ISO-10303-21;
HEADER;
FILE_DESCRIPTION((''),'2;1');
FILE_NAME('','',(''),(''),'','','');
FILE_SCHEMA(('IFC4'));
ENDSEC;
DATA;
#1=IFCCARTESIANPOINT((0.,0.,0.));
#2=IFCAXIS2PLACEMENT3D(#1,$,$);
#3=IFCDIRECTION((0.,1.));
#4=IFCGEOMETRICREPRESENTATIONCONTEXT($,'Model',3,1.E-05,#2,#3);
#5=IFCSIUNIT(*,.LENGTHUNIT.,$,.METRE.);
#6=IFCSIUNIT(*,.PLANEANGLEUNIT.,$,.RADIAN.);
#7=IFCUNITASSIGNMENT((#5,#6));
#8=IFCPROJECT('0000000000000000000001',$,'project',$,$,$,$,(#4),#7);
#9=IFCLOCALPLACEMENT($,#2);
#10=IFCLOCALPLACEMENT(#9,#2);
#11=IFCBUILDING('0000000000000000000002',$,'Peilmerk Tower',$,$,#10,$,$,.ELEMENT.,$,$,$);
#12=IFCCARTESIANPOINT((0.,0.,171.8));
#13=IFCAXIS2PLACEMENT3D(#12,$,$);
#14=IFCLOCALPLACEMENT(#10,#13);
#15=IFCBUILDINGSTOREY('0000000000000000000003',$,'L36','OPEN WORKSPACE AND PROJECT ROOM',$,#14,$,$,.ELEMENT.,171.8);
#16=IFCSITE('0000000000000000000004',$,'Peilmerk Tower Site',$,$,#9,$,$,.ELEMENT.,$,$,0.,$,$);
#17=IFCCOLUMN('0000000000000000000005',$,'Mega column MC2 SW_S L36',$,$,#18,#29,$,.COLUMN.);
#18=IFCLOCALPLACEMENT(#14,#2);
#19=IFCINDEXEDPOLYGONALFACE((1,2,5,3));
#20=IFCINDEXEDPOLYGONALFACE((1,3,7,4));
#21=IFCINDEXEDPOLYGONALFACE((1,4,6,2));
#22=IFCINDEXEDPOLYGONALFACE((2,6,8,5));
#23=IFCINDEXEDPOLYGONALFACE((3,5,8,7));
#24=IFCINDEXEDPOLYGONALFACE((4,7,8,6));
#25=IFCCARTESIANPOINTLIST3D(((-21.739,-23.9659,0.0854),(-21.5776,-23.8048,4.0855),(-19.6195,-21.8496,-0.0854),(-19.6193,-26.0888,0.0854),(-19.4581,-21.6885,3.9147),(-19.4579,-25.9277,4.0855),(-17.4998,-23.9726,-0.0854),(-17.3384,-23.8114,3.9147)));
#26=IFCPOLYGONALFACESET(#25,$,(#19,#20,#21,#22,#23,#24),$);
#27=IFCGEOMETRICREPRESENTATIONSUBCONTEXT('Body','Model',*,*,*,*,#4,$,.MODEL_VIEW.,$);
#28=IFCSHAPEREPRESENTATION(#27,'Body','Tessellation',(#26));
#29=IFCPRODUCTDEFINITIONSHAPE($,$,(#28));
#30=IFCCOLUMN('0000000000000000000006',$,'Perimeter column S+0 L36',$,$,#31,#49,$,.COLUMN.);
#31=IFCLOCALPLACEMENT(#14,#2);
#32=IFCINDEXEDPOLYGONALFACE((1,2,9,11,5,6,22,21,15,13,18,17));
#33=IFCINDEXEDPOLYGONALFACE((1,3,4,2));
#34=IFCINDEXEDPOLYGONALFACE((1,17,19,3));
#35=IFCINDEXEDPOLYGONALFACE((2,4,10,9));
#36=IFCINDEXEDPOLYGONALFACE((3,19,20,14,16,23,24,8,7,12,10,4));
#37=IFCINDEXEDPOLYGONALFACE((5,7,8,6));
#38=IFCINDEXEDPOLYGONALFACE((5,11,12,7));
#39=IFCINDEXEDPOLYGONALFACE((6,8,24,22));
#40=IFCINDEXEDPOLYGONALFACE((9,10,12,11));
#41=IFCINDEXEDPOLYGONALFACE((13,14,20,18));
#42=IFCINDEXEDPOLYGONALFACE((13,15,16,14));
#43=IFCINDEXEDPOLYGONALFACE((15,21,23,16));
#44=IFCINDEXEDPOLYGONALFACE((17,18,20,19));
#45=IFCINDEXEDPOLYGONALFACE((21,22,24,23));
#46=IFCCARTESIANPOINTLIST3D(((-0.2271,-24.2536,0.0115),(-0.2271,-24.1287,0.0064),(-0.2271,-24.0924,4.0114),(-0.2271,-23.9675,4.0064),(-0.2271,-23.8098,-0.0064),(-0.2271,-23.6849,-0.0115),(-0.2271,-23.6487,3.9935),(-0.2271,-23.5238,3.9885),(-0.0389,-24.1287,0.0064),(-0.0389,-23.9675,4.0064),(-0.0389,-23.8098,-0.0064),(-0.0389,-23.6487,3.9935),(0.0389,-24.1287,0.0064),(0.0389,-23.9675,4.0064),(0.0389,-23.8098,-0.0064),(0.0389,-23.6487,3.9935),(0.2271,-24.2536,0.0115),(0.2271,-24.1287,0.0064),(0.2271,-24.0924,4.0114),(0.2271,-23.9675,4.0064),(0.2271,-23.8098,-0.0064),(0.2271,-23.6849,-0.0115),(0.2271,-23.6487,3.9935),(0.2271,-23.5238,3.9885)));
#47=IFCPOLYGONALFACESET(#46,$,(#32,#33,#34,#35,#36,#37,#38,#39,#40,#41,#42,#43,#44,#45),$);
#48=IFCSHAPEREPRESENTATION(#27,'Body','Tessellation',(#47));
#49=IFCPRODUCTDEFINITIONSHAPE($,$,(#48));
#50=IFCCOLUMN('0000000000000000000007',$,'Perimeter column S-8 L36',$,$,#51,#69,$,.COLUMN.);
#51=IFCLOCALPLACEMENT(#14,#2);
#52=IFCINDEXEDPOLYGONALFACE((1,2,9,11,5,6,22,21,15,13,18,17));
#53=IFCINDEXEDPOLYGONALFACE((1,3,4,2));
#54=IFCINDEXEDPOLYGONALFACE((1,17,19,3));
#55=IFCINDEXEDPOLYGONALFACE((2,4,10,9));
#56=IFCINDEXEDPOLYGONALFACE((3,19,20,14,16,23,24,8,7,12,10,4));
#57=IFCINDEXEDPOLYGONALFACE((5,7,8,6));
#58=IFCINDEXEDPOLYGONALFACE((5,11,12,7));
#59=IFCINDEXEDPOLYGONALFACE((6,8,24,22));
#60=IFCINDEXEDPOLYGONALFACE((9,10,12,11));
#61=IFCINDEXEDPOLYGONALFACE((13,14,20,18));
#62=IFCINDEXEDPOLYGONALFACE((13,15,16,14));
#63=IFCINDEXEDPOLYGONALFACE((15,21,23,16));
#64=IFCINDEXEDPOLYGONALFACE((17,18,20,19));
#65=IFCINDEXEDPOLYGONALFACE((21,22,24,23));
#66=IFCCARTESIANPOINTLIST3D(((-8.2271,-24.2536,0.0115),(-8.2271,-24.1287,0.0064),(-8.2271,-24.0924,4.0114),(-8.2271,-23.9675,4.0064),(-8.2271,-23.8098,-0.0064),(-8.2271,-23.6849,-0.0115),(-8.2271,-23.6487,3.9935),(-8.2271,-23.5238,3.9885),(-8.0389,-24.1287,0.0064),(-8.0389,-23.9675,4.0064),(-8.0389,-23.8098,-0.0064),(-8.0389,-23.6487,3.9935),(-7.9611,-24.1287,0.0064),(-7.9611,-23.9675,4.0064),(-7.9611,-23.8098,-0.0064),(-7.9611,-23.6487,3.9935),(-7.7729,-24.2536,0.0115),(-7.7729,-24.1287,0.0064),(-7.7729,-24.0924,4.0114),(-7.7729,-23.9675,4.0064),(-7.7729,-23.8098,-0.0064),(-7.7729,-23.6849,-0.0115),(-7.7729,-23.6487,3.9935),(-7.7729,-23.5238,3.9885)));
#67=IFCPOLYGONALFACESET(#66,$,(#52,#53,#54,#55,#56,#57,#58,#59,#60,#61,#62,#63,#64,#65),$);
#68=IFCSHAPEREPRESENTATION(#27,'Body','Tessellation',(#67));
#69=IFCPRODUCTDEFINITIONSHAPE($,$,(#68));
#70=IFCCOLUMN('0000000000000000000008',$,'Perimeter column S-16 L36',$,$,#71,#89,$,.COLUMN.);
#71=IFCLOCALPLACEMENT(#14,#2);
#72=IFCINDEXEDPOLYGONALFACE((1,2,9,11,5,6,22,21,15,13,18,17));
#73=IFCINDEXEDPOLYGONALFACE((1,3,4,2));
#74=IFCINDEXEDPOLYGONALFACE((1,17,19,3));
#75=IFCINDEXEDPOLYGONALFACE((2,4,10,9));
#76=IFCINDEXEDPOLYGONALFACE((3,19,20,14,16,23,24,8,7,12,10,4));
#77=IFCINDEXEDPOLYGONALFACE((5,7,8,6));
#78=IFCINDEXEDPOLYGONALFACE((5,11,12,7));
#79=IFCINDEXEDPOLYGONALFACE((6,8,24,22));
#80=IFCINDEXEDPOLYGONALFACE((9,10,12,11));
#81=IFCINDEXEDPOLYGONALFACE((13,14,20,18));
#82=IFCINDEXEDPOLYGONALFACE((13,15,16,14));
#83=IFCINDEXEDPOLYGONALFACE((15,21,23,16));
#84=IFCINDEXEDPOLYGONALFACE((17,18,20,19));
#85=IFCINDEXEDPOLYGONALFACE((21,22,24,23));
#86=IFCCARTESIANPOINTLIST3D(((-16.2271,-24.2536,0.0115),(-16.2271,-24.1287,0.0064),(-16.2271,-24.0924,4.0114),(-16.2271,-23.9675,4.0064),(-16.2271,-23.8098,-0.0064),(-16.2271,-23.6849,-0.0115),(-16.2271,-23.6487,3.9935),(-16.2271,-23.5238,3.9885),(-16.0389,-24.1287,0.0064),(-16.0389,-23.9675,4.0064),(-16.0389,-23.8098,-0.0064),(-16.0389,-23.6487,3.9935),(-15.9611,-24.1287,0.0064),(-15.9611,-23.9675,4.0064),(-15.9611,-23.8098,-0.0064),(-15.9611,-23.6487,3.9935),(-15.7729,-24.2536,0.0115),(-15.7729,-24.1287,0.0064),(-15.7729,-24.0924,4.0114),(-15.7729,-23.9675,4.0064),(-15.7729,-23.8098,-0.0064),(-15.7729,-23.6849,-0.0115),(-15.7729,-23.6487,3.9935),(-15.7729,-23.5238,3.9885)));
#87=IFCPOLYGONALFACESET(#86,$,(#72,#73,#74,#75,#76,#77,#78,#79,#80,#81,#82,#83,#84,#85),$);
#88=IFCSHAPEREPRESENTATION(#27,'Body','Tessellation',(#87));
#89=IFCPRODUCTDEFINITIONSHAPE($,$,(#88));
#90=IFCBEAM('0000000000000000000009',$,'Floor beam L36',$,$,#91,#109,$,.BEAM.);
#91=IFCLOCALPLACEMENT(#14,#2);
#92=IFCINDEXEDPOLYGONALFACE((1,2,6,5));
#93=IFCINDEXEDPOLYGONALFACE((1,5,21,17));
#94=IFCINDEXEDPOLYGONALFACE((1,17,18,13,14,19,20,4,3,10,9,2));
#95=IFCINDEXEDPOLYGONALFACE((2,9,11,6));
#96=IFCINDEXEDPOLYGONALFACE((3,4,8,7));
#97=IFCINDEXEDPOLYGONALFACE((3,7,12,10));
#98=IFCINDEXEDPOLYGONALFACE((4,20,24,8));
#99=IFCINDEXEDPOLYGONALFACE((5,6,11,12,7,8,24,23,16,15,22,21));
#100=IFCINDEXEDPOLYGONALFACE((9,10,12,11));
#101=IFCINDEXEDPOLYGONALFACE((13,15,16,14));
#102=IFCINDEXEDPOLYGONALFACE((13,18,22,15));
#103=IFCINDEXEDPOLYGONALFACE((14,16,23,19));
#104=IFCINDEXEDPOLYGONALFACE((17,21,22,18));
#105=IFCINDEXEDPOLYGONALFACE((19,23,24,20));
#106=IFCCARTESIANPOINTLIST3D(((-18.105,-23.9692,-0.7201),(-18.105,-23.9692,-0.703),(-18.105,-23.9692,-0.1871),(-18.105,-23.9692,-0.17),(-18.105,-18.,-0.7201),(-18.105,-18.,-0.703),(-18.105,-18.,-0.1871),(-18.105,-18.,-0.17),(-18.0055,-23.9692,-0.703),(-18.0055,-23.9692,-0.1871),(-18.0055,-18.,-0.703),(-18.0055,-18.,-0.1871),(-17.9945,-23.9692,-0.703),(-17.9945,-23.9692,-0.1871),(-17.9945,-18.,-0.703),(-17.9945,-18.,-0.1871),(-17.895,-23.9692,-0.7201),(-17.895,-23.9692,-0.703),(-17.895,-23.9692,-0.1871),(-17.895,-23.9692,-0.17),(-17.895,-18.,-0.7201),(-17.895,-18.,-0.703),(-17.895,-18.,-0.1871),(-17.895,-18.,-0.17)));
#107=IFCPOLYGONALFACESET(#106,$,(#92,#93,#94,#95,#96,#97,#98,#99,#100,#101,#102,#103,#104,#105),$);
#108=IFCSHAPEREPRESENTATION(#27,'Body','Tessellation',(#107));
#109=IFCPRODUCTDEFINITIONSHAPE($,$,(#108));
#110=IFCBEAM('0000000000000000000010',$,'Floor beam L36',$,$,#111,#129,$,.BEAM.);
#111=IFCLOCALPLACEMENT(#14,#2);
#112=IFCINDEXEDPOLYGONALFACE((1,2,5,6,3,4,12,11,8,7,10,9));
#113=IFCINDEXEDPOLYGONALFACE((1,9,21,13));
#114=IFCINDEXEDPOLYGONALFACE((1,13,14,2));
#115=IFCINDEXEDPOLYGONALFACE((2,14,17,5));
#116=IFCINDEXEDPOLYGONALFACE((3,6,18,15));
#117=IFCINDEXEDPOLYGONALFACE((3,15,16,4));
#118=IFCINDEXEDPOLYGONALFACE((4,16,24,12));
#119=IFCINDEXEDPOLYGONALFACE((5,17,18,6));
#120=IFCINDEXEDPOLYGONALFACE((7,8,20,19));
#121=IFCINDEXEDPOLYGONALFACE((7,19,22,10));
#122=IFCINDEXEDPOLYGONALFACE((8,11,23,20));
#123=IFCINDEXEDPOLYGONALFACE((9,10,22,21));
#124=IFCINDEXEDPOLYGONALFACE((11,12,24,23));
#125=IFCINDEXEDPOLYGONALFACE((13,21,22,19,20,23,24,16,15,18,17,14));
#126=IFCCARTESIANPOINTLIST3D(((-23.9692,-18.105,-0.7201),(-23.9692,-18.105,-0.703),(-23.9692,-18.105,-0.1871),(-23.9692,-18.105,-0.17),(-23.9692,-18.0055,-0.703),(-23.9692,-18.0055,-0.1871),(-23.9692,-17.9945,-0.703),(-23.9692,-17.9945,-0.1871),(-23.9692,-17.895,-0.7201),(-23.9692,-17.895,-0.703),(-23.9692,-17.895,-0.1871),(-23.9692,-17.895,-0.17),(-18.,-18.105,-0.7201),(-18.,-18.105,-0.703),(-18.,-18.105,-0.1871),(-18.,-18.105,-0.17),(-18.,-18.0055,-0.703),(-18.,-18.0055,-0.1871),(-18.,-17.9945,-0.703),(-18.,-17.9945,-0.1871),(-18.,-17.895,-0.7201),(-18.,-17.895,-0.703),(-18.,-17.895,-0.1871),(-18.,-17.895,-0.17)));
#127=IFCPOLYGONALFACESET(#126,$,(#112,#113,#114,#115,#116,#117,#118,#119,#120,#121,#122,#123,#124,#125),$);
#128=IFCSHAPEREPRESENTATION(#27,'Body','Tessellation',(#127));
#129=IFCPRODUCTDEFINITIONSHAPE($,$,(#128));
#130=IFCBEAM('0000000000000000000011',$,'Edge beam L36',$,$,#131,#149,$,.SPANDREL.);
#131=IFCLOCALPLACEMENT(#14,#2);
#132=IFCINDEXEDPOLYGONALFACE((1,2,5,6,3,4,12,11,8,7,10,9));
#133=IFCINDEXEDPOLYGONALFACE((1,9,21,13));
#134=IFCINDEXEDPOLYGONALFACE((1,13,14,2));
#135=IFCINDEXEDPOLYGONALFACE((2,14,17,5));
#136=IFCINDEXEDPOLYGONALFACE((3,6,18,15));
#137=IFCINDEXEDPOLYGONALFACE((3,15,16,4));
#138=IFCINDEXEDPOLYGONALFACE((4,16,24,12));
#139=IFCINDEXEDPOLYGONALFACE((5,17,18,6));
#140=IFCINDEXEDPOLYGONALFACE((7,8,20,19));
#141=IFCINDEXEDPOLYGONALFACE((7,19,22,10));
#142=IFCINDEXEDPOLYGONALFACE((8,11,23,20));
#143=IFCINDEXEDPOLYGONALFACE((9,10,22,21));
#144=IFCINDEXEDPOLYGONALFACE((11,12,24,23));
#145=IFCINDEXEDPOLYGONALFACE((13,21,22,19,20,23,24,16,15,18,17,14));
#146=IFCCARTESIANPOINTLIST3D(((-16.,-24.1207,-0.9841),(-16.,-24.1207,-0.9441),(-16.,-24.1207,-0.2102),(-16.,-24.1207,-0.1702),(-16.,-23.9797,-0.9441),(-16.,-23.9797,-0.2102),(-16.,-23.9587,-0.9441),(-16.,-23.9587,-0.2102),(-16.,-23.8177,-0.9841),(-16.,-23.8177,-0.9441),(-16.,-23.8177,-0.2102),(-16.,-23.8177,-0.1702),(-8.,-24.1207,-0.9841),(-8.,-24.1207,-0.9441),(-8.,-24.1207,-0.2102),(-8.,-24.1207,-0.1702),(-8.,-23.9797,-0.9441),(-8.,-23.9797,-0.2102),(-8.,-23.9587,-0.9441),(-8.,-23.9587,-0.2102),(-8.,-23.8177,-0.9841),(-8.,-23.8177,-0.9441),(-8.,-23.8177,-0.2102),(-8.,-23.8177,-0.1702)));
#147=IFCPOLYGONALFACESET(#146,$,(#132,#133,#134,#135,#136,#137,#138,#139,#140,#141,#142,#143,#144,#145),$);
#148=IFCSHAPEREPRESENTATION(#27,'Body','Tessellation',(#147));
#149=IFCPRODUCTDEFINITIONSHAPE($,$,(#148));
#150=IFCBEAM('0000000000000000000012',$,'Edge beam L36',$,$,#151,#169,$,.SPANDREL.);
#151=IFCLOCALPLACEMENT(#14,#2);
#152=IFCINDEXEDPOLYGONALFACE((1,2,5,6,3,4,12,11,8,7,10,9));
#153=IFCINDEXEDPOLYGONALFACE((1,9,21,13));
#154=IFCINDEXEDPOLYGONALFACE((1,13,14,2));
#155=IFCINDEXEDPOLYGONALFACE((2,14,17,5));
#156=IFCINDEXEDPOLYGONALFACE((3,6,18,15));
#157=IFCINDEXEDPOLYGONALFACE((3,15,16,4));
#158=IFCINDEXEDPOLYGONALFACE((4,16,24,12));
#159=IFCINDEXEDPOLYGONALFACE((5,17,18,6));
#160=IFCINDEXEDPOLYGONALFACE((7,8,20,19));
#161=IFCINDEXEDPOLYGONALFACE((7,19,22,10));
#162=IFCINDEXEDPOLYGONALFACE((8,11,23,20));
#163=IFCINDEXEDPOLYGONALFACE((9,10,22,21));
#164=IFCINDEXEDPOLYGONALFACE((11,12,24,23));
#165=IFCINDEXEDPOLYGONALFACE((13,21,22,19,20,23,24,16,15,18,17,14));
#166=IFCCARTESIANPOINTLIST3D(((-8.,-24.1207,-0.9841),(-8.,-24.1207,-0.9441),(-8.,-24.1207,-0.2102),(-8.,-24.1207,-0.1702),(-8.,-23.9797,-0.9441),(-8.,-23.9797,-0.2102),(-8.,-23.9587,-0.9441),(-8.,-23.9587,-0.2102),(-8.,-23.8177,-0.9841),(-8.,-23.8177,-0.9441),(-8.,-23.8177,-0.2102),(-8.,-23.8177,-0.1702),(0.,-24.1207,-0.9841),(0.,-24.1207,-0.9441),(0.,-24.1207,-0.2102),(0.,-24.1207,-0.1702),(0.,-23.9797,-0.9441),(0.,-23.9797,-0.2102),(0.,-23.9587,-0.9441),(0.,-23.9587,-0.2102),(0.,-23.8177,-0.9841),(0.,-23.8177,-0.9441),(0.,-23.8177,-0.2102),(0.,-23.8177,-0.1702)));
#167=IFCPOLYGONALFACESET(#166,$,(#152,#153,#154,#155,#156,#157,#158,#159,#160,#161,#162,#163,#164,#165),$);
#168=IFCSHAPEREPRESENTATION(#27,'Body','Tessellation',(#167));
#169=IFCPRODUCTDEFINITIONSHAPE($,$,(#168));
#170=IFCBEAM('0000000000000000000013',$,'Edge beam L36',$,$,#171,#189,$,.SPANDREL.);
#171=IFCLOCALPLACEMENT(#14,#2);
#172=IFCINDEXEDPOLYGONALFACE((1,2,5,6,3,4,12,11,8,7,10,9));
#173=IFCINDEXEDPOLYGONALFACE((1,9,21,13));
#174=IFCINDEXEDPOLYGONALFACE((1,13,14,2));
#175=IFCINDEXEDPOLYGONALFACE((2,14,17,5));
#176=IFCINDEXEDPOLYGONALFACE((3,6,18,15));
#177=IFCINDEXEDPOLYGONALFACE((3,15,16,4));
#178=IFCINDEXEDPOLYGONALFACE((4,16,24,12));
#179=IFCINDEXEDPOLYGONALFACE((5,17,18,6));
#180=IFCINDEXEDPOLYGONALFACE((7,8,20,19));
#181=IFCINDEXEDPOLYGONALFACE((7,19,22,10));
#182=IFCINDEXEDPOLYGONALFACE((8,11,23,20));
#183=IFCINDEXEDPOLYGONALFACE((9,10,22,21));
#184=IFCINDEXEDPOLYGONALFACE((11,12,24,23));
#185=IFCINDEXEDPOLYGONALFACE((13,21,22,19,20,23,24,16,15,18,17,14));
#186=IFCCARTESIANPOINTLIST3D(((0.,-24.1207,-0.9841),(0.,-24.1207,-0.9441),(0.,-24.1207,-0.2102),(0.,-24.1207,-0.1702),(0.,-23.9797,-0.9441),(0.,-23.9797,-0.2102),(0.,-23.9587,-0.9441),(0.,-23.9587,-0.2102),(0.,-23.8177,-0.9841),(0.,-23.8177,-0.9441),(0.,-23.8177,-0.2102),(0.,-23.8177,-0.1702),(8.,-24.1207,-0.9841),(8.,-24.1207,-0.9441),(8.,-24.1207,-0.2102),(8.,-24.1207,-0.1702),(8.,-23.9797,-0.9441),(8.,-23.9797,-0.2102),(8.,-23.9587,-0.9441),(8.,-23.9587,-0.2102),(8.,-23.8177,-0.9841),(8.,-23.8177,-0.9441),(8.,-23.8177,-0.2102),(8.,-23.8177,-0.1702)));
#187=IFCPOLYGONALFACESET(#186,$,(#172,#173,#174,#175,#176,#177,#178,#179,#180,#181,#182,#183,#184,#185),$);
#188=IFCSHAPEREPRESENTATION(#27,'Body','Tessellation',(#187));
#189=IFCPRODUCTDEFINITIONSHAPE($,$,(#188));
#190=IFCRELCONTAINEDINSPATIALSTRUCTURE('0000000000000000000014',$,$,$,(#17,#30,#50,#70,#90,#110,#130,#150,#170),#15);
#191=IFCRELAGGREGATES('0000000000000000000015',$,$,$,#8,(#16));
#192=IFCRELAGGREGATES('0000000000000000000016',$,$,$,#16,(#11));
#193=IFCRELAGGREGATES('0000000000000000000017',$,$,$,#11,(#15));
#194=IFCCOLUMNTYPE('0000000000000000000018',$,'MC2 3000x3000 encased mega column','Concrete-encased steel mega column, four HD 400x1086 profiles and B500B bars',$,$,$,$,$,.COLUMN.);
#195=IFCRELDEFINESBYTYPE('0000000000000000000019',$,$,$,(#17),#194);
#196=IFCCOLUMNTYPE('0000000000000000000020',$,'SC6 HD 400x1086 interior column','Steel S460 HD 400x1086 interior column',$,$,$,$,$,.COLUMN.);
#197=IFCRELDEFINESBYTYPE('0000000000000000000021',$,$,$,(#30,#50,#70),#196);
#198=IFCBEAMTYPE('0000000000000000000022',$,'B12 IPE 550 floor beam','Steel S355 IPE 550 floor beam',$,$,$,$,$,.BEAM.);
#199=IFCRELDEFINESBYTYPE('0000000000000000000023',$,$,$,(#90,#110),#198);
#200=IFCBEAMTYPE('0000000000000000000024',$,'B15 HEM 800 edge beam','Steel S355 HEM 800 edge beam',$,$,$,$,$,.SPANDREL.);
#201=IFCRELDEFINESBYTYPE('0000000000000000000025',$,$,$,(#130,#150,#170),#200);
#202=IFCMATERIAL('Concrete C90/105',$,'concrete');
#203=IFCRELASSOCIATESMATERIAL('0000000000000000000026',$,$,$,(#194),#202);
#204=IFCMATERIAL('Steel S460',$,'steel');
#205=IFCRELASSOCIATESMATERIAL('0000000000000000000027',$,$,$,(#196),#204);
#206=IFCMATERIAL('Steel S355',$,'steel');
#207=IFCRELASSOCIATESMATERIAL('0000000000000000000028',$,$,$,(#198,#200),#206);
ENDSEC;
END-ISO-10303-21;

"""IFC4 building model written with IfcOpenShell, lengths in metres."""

from ifc_helpers import new_model, si_unit, direction, frame, origin, origin_2d, place, context, subcontext, project, spatial, rectangle, i_section, extrude, material, material_profile, profile_set, type_object, element, save


model = new_model("IFC4")

# Units and contexts
model_context = context("Model", 3, precision=1e-05, world=origin(), true_north=direction((0.0, 1.0)))
body_context = subcontext(model_context, "Body", "Model", "MODEL_VIEW")
ifc_project = project(units=[si_unit("LENGTHUNIT", "METRE"), si_unit("PLANEANGLEUNIT", "RADIAN")], contexts=[model_context])

# Site, building, storey
site_placement = place(None, origin())
site = spatial("IfcSite", under=ifc_project, at=site_placement, Name="Peilmerk Tower Site", CompositionType="ELEMENT", RefElevation=0.0)
building_placement = place(site_placement, origin())
building = spatial("IfcBuilding", under=site, at=building_placement, Name="Peilmerk Tower", CompositionType="ELEMENT")
storey_placement = place(building_placement, frame((0.0, 0.0, 171.8)))
storey = spatial("IfcBuildingStorey", under=building, at=storey_placement, Name="L36", Description="OPEN WORKSPACE AND PROJECT ROOM", CompositionType="ELEMENT", Elevation=171.8)

# Columns
ifc_material_1 = material(Name="Concrete C90/105", Category="concrete")
ifc_material_profile_1 = material_profile(ifc_material_1, rectangle(XDim=3.0, YDim=3.0, at=origin_2d()), Name="RC 3000x3000")
ifc_profile_set_1 = profile_set([ifc_material_profile_1], Name="Concrete C90/105")
column_type_1 = type_object("IfcColumnType", Name="MC2 3000x3000 encased mega column", Description="Concrete-encased steel mega column, four HD 400x1086 profiles and B500B bars", PredefinedType="COLUMN", material=ifc_profile_set_1)
column_placement = place(storey_placement, frame((-19.6194, -23.9692, 0.0), z_axis=(0.040279, 0.040218, 0.998379), x_axis=(-0.706571, 0.707642, 0.0)))
element("IfcColumn", 1, at=column_placement, inside=storey, type_object=column_type_1, Name="Mega column MC2 SW_S L36", PredefinedType="COLUMN", context=body_context, shape_type="SweptSolid", body=[
    extrude(rectangle(XDim=3.0, YDim=3.0, at=origin_2d()), origin(), (0.0, 0.0, 1.0), 4.0066),
])
ifc_material_2 = material(Name="Steel S460", Category="steel")
ifc_material_profile_2 = material_profile(ifc_material_2, i_section(OverallWidth=0.4541, OverallDepth=0.5691, WebThickness=0.0779, FlangeThickness=0.125, at=origin_2d()), Name="HD 400x1086")
ifc_profile_set_2 = profile_set([ifc_material_profile_2], Name="Steel S460")
column_type_2 = type_object("IfcColumnType", Name="SC6 HD 400x1086 interior column", Description="Steel S460 HD 400x1086 interior column", PredefinedType="COLUMN", material=ifc_profile_set_2)
for number, where, z_axis, x_axis, name in (
    (2, (0.0, -23.9692, 0.0), (0.0, 0.040251, 0.99919), (-1.0, 0.0, 0.0), "Perimeter column S+0 L36"),
    (3, (-8.0, -23.9692, 0.0), (0.0, 0.040251, 0.99919), (-1.0, 0.0, 0.0), "Perimeter column S-8 L36"),
    (4, (-16.0, -23.9692, 0.0), (0.0, 0.040251, 0.99919), (-1.0, 0.0, 0.0), "Perimeter column S-16 L36"),
):
    element("IfcColumn", number, at=place(storey_placement, frame(where, z_axis=z_axis, x_axis=x_axis)), inside=storey, type_object=column_type_2, Name=name, PredefinedType="COLUMN", context=body_context, shape_type="SweptSolid", body=[
        extrude(i_section(OverallWidth=0.4541, OverallDepth=0.5691, WebThickness=0.0779, FlangeThickness=0.125, at=origin_2d()), origin(), (0.0, 0.0, 1.0), 4.0032),
    ])

# Beams
ifc_material_3 = material(Name="Steel S355", Category="steel")
ifc_material_profile_3 = material_profile(ifc_material_3, i_section(OverallWidth=0.21, OverallDepth=0.55, WebThickness=0.011, FlangeThickness=0.0171, at=origin_2d()), Name="IPE 550")
ifc_profile_set_3 = profile_set([ifc_material_profile_3], Name="Steel S355")
beam_type_1 = type_object("IfcBeamType", Name="B12 IPE 550 floor beam", Description="Steel S355 IPE 550 floor beam", PredefinedType="BEAM", material=ifc_profile_set_3)
for number, where, z_axis, x_axis, name in (
    (5, (-18.0, -18.0, -0.4451), (0.0, -1.0, 0.0), (1.0, 0.0, 0.0), "Floor beam L36"),
    (6, (-18.0, -18.0, -0.4451), (-1.0, 0.0, 0.0), (0.0, -1.0, 0.0), "Floor beam L36"),
):
    element("IfcBeam", number, at=place(storey_placement, frame(where, z_axis=z_axis, x_axis=x_axis)), inside=storey, type_object=beam_type_1, Name=name, PredefinedType="BEAM", context=body_context, shape_type="SweptSolid", body=[
        extrude(i_section(OverallWidth=0.21, OverallDepth=0.55, WebThickness=0.011, FlangeThickness=0.0171, at=origin_2d()), origin(), (0.0, 0.0, 1.0), 5.9692),
    ])
ifc_material_profile_4 = material_profile(ifc_material_3, i_section(OverallWidth=0.303, OverallDepth=0.814, WebThickness=0.021, FlangeThickness=0.04, at=origin_2d()), Name="HEM 800")
ifc_profile_set_4 = profile_set([ifc_material_profile_4], Name="Steel S355")
beam_type_2 = type_object("IfcBeamType", Name="B15 HEM 800 edge beam", Description="Steel S355 HEM 800 edge beam", PredefinedType="SPANDREL", material=ifc_profile_set_4)
for number, where, z_axis, x_axis, name in (
    (7, (-16.0, -23.9692, -0.5771), (1.0, 0.0, 0.0), (0.0, 1.0, 0.0), "Edge beam L36"),
    (8, (-8.0, -23.9692, -0.5771), (1.0, 0.0, 0.0), (0.0, 1.0, 0.0), "Edge beam L36"),
    (9, (0.0, -23.9692, -0.5771), (1.0, 0.0, 0.0), (0.0, 1.0, 0.0), "Edge beam L36"),
):
    element("IfcBeam", number, at=place(storey_placement, frame(where, z_axis=z_axis, x_axis=x_axis)), inside=storey, type_object=beam_type_2, Name=name, PredefinedType="SPANDREL", context=body_context, shape_type="SweptSolid", body=[
        extrude(i_section(OverallWidth=0.303, OverallDepth=0.814, WebThickness=0.021, FlangeThickness=0.04, at=origin_2d()), origin(), (0.0, 0.0, 1.0), 8.0),
    ])

save(model, "model.ifc")
